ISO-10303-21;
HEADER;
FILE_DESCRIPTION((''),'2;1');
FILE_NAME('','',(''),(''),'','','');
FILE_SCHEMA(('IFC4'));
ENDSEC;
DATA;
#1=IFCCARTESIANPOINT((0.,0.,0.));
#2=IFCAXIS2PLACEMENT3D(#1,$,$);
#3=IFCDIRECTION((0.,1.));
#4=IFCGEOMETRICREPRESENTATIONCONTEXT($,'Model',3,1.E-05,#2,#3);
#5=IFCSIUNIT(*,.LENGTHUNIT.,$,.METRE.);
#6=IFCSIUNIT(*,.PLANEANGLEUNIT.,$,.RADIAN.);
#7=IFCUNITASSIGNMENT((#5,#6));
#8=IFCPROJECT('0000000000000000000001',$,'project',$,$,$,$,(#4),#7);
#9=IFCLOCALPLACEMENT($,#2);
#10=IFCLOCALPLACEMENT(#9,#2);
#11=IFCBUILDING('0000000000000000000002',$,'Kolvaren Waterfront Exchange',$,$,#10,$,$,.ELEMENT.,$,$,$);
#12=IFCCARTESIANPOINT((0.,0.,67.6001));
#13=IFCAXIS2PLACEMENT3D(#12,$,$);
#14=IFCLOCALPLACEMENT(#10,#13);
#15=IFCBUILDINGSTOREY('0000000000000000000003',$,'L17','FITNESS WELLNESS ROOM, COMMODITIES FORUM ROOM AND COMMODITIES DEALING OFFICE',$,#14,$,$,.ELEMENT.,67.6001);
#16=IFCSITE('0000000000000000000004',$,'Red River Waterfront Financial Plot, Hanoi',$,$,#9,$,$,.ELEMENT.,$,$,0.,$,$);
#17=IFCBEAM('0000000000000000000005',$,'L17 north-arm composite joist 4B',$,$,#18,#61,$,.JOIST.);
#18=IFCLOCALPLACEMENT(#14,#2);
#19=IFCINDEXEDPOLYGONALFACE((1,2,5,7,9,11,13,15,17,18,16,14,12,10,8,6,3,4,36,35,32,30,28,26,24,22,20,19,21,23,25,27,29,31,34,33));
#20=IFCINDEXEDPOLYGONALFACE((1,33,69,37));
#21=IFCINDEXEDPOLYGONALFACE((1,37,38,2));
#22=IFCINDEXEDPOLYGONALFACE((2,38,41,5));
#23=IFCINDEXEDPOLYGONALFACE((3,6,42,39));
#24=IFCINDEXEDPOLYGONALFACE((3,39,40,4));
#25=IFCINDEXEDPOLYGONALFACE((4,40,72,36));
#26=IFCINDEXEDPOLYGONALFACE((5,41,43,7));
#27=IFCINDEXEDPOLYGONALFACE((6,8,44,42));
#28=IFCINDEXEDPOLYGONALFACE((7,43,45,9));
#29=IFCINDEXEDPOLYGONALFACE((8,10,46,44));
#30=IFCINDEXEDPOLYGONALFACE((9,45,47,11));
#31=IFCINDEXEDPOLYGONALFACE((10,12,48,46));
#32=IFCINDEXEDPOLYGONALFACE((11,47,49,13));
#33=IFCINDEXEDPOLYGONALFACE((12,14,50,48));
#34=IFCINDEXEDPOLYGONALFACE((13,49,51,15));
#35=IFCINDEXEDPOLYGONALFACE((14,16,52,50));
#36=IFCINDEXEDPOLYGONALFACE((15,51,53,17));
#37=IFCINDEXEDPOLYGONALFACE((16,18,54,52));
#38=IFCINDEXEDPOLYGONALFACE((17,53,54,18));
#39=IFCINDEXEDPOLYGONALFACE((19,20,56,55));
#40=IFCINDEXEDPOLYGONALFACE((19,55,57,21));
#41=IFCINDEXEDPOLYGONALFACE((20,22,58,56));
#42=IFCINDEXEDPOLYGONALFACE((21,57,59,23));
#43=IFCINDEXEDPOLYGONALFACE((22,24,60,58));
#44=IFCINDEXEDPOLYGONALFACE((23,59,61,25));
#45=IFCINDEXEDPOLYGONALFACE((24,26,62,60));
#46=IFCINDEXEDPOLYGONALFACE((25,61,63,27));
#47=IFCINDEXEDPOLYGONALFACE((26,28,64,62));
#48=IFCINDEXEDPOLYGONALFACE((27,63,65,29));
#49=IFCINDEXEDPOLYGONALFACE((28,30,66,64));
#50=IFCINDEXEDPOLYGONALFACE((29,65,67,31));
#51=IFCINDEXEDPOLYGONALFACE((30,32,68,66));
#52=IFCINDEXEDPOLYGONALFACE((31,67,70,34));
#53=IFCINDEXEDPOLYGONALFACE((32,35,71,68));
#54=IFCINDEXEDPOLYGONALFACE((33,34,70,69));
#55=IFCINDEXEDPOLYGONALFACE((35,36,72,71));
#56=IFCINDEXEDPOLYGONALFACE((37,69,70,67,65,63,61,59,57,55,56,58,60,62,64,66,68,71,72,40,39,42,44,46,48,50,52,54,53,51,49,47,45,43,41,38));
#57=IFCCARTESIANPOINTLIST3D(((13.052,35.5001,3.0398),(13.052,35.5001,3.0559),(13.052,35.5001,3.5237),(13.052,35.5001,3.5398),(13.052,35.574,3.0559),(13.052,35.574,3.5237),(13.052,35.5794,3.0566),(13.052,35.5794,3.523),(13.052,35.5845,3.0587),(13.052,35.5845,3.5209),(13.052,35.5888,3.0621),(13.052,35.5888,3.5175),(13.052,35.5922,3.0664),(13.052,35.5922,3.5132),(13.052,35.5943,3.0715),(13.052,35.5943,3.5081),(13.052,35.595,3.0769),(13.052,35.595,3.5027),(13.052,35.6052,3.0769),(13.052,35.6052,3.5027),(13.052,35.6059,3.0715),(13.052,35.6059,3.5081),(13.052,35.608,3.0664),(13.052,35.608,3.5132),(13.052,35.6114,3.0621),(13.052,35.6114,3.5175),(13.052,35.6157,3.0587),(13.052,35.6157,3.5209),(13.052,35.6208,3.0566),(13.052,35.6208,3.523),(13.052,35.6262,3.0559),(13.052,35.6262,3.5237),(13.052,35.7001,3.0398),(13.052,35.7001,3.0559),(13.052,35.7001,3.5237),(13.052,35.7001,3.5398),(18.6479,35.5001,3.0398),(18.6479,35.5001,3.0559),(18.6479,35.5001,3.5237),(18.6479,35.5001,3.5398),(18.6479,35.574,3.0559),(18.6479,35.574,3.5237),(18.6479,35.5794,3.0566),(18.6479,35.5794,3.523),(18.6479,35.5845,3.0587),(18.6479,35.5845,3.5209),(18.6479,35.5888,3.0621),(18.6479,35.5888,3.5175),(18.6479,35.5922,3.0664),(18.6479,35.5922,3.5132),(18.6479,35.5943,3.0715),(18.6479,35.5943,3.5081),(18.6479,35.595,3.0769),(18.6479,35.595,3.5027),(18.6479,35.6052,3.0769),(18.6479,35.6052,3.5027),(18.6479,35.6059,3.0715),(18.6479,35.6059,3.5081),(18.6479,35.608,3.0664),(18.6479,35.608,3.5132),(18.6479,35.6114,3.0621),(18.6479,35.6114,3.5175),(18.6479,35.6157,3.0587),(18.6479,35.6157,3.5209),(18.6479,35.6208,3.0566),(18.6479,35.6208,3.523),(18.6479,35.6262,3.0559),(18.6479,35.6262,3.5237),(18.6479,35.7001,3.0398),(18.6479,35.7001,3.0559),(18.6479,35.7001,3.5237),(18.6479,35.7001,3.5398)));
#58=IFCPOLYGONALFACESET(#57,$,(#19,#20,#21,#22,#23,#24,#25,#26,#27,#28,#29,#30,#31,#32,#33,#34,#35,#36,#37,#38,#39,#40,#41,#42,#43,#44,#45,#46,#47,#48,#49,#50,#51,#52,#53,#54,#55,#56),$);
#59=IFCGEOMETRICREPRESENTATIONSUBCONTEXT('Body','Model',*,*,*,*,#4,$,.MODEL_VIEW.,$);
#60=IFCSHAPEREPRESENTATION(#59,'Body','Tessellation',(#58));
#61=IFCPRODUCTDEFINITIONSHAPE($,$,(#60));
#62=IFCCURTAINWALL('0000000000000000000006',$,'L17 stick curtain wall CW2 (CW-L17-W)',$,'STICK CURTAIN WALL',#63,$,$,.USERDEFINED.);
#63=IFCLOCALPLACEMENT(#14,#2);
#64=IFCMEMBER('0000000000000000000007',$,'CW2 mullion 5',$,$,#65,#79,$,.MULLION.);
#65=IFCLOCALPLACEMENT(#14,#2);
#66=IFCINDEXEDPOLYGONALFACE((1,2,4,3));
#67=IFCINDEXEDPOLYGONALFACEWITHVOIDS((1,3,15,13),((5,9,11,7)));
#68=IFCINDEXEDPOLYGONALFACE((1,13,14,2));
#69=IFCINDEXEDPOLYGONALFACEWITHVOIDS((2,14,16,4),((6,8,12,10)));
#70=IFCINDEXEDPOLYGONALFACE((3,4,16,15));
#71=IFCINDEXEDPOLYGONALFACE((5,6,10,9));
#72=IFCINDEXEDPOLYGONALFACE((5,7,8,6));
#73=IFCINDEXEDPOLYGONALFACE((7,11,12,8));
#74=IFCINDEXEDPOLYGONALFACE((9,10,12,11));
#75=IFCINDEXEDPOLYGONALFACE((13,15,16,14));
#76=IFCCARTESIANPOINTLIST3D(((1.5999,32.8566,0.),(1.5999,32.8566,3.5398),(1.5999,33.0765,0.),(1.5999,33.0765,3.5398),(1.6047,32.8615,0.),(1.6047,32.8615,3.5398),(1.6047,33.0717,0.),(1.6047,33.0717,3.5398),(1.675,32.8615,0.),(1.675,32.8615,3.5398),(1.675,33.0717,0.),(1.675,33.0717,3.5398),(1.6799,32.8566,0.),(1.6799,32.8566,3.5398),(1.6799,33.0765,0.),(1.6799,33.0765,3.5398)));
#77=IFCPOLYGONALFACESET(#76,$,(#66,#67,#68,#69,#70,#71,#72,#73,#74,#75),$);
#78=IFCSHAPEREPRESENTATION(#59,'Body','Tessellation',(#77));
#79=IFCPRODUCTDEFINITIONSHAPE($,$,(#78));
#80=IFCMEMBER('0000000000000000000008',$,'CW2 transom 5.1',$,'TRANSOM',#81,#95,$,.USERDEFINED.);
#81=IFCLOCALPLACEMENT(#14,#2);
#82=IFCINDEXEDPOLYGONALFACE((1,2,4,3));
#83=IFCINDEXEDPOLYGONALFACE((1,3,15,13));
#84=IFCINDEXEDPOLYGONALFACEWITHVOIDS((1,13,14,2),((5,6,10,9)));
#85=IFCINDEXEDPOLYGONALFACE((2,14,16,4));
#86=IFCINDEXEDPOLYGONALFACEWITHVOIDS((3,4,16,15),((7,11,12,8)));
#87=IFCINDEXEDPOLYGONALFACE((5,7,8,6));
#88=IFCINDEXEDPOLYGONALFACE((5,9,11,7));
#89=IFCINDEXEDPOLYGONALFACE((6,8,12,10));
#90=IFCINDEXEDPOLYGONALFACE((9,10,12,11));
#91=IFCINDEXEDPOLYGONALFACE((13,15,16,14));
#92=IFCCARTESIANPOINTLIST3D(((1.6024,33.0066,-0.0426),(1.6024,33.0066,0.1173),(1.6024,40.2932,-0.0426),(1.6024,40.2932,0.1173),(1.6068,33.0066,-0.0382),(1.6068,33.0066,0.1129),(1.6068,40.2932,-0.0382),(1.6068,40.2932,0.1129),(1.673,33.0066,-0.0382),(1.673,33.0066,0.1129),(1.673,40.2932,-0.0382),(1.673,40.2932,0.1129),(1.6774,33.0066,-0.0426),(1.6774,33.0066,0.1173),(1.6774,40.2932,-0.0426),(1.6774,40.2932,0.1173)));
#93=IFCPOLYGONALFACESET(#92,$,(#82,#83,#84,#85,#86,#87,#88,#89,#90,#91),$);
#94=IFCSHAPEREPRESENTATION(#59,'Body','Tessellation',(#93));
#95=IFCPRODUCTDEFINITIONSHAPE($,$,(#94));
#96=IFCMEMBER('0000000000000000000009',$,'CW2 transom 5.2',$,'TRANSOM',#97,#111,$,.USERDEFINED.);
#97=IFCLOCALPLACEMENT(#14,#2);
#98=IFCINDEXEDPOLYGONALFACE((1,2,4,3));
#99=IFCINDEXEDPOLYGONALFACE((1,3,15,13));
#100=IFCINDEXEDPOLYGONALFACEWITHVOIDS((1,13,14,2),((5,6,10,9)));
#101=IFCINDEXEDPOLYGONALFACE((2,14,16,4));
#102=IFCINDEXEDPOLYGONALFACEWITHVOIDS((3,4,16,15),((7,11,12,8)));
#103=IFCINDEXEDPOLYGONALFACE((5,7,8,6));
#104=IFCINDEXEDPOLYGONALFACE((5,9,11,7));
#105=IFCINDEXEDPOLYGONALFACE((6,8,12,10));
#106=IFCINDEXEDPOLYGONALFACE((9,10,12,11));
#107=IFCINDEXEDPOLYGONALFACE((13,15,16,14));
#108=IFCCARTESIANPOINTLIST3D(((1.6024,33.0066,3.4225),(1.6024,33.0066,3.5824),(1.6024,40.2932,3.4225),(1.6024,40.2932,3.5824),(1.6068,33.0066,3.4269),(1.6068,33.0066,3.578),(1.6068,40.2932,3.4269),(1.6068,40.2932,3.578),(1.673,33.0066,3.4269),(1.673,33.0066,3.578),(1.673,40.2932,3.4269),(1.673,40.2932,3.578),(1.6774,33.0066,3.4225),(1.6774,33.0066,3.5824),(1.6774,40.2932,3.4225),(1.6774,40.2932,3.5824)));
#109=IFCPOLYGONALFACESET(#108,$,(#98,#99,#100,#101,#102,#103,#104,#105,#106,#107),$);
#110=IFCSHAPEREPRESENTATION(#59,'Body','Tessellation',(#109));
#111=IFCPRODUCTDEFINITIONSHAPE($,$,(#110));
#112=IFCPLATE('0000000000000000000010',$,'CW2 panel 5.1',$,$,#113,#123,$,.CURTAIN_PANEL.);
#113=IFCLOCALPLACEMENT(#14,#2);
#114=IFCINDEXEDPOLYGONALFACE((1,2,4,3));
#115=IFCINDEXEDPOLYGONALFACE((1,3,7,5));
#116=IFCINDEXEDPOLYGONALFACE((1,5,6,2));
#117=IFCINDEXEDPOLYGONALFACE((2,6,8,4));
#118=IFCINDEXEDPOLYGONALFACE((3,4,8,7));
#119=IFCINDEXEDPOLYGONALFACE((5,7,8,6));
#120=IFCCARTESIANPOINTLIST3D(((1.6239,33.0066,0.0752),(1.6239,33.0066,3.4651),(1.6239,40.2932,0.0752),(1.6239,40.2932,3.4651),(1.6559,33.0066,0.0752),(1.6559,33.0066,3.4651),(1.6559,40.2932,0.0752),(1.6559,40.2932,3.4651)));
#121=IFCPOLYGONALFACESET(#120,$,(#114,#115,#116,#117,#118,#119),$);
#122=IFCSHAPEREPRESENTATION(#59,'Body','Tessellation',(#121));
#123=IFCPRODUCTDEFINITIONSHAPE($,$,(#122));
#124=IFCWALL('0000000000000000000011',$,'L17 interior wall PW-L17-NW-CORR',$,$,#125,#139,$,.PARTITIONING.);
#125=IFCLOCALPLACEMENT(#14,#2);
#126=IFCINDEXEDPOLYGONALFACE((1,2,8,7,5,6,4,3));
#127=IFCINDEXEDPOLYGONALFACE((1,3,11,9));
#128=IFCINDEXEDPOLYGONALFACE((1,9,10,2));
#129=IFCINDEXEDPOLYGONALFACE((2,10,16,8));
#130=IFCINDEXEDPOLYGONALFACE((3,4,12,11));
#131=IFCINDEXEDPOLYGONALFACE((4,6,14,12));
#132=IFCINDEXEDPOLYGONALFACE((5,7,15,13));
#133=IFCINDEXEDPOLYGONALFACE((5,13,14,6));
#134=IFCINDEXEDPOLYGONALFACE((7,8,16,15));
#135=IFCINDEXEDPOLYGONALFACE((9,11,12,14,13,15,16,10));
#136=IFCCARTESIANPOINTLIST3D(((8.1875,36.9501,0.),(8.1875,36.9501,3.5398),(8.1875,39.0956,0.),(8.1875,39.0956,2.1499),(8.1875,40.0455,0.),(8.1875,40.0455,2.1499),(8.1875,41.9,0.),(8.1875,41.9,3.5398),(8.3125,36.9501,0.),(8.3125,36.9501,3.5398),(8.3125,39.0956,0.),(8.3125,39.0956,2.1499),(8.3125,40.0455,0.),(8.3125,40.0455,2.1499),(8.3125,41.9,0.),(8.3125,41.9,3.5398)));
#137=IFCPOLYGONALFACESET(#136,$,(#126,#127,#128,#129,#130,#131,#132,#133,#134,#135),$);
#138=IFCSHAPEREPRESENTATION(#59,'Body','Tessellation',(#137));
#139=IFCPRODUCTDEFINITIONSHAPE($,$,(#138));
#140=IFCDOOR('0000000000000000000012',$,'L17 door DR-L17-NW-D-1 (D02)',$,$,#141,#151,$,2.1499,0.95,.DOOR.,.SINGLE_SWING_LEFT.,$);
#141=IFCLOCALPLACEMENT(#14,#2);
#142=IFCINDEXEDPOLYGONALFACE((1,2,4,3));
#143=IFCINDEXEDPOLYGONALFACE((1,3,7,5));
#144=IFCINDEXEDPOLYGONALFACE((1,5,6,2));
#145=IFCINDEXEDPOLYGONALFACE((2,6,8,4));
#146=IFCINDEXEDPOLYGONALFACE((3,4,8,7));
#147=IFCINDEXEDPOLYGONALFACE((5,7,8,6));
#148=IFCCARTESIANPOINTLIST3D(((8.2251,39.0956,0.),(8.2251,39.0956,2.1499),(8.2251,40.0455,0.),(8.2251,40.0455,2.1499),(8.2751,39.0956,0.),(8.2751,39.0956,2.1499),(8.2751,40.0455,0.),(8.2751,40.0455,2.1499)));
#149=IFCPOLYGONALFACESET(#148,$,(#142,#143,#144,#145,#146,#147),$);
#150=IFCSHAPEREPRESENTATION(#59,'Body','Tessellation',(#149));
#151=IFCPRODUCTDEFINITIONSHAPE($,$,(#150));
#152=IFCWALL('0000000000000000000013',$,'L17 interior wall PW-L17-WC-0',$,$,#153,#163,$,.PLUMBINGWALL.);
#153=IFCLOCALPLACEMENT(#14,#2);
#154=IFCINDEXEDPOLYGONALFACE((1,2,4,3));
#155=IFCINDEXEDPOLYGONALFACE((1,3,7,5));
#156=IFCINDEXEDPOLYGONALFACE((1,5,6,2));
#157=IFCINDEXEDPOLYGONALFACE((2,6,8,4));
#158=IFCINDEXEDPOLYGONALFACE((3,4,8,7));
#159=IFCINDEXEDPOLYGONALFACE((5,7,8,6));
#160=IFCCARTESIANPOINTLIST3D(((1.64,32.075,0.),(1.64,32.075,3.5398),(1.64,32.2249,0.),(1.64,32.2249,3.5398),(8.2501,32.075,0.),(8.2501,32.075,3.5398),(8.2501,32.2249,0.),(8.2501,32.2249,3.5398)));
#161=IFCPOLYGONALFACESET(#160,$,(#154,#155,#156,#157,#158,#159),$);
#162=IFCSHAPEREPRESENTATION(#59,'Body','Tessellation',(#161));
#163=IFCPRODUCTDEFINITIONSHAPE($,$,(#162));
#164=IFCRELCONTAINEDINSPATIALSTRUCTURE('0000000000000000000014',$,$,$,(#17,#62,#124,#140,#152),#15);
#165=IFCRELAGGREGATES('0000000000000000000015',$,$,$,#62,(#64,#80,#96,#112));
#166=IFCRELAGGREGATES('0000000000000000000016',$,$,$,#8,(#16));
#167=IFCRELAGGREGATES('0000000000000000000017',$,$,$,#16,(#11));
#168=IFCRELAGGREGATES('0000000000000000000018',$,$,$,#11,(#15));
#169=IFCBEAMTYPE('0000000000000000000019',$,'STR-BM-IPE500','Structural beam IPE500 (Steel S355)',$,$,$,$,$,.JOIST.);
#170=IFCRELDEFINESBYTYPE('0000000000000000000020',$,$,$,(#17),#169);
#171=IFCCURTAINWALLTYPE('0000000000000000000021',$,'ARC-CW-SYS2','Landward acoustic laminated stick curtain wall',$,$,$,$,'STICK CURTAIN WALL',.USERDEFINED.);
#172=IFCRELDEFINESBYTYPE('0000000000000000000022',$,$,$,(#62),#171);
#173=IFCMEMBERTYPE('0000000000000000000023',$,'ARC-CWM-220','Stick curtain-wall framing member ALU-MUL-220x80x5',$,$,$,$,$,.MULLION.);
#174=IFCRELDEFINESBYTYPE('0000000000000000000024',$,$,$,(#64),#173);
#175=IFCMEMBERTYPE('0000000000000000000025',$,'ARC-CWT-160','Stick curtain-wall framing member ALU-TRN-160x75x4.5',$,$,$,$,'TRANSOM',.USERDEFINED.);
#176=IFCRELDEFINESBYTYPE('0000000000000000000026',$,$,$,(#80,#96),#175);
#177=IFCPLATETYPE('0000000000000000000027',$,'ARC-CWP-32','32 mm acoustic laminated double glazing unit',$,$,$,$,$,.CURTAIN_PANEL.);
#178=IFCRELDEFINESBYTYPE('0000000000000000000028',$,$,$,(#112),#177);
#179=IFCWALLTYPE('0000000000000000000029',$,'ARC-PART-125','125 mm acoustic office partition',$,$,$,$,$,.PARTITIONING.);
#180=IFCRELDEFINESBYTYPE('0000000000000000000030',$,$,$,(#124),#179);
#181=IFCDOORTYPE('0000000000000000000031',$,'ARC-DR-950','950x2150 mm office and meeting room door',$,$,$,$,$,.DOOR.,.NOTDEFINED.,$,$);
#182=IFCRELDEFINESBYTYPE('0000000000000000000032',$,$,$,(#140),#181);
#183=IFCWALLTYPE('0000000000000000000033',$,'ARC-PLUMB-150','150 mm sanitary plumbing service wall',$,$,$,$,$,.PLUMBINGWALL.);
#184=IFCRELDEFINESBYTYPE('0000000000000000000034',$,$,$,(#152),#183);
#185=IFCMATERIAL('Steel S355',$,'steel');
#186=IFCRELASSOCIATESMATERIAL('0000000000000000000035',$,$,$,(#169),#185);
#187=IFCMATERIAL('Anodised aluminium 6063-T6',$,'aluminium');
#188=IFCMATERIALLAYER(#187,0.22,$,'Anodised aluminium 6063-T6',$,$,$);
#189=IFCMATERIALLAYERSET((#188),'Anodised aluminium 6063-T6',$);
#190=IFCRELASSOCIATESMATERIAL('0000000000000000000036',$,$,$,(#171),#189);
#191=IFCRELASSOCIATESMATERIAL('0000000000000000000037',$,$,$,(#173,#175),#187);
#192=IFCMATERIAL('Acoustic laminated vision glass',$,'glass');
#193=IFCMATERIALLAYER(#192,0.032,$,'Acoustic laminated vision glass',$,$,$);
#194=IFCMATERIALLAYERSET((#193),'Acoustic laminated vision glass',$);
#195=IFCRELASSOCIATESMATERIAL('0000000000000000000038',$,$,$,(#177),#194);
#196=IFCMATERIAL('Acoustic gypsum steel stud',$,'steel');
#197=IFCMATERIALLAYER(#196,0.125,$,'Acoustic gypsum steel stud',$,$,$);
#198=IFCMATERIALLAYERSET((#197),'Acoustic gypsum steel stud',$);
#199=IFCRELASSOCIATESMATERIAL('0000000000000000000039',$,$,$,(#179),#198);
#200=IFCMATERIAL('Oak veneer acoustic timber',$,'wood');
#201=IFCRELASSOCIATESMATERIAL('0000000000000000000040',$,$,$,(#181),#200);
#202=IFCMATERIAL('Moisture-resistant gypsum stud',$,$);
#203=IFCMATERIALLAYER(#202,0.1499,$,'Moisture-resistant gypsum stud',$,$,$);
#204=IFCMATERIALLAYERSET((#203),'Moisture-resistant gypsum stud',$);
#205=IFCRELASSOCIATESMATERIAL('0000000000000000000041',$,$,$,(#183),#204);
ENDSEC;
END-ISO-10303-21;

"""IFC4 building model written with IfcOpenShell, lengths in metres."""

from ifc_helpers import new_model, si_unit, direction, frame, frame_2d, origin, origin_with_axes, origin_2d, place, context, subcontext, project, spatial, rectangle, hollow_rectangle, i_section, extrude, source, transform, mapped, material, layer, layer_set, material_profile, profile_set, type_object, element, fill, aggregate, save


model = new_model("IFC4")

# Units and contexts
model_context = context("Model", 3, precision=1e-05, world=origin(), true_north=direction((0.0, 1.0)))
body_context = subcontext(model_context, "Body", "Model", "MODEL_VIEW")
ifc_project = project(units=[si_unit("LENGTHUNIT", "METRE"), si_unit("PLANEANGLEUNIT", "RADIAN")], contexts=[model_context])

# Site, building, storey
site_placement = place(None, origin())
site = spatial("IfcSite", under=ifc_project, at=site_placement, Name="Red River Waterfront Financial Plot, Hanoi", CompositionType="ELEMENT", RefElevation=0.0)
building_placement = place(site_placement, origin())
building = spatial("IfcBuilding", under=site, at=building_placement, Name="Kolvaren Waterfront Exchange", CompositionType="ELEMENT")
storey_placement = place(building_placement, frame((0.0, 0.0, 67.6001)))
storey = spatial("IfcBuildingStorey", under=building, at=storey_placement, Name="L17", Description="FITNESS WELLNESS ROOM, COMMODITIES FORUM ROOM AND COMMODITIES DEALING OFFICE", CompositionType="ELEMENT", Elevation=67.6001)

# Beam
ifc_material_1 = material(Name="Steel S355", Category="steel")
ifc_material_profile_1 = material_profile(ifc_material_1, i_section(OverallWidth=0.2, OverallDepth=0.5, WebThickness=0.0103, FlangeThickness=0.0161, FilletRadius=0.021, at=origin_2d()), Name="IPE500")
ifc_profile_set_1 = profile_set([ifc_material_profile_1], Name="Steel S355")
beam_type_1 = type_object("IfcBeamType", Name="STR-BM-IPE500", Description="Structural beam IPE500 (Steel S355)", PredefinedType="JOIST", material=ifc_profile_set_1)
beam_1_placement = place(storey_placement, frame((13.052, 35.6001, 3.2898), z_axis=(1.0, 0.0, 0.0), x_axis=(0.0, 1.0, 0.0)))
element("IfcBeam", 1, at=beam_1_placement, inside=storey, type_object=beam_type_1, Name="L17 north-arm composite joist 4B", PredefinedType="JOIST", context=body_context, shape_type="SweptSolid", body=[
    extrude(i_section(OverallWidth=0.2, OverallDepth=0.5, WebThickness=0.0103, FlangeThickness=0.0161, FilletRadius=0.021, at=origin_2d()), origin(), (0.0, 0.0, 1.0), 5.5959),
])

# Curtain wall, members, plate
ifc_material_2 = material(Name="Anodised aluminium 6063-T6", Category="aluminium")
ifc_layer_1 = layer(ifc_material_2, 0.22, Name="Anodised aluminium 6063-T6")
ifc_layer_set_1 = layer_set([ifc_layer_1], Name="Anodised aluminium 6063-T6")
curtain_wall_type = type_object("IfcCurtainWallType", Name="ARC-CW-SYS2", Description="Landward acoustic laminated stick curtain wall", ElementType="STICK CURTAIN WALL", PredefinedType="USERDEFINED", material=ifc_layer_set_1)
curtain_wall_placement = place(storey_placement, origin())
curtain_wall = element("IfcCurtainWall", 2, at=curtain_wall_placement, inside=storey, type_object=curtain_wall_type, Name="L17 stick curtain wall CW2 (CW-L17-W)", ObjectType="STICK CURTAIN WALL", PredefinedType="USERDEFINED")
ifc_material_profile_2 = material_profile(ifc_material_2, hollow_rectangle(XDim=0.0801, YDim=0.22, WallThickness=0.0049, at=origin_2d()), Name="ALU-MUL-220x80x5")
ifc_profile_set_2 = profile_set([ifc_material_profile_2], Name="Anodised aluminium 6063-T6")
member_type_1 = type_object("IfcMemberType", Name="ARC-CWM-220", Description="Stick curtain-wall framing member ALU-MUL-220x80x5", PredefinedType="MULLION", material=ifc_profile_set_2)
shared_shape_1 = source(origin_with_axes(), body_context, "Body", "SweptSolid", [
    extrude(hollow_rectangle(XDim=0.0801, YDim=0.22, WallThickness=0.0049, at=origin_2d()), origin(), (0.0, 0.0, 1.0), 3.5398),
])
member_1_placement = place(storey_placement, frame((1.6399, 32.9666, 0.0), z_axis=(0.0, 0.0, 1.0), x_axis=(-1.0, 0.0, 0.0)))
member_1 = element("IfcMember", 3, at=member_1_placement, type_object=member_type_1, Name="CW2 mullion 5", PredefinedType="MULLION", context=body_context, shape_type="MappedRepresentation", body=[
    mapped(shared_shape_1, transform((0.0, 0.0, 0.0), x_axis=(1.0, 0.0, 0.0), y_axis=(0.0, 1.0, 0.0), z_axis=(0.0, 0.0, 1.0), scale=1.0)),
])
ifc_material_profile_3 = material_profile(ifc_material_2, hollow_rectangle(XDim=0.075, YDim=0.1599, WallThickness=0.0044, at=origin_2d()), Name="ALU-TRN-160x75x4.5")
ifc_profile_set_3 = profile_set([ifc_material_profile_3], Name="Anodised aluminium 6063-T6")
member_type_2 = type_object("IfcMemberType", Name="ARC-CWT-160", Description="Stick curtain-wall framing member ALU-TRN-160x75x4.5", ElementType="TRANSOM", PredefinedType="USERDEFINED", material=ifc_profile_set_3)
shared_shape_2 = source(origin_with_axes(), body_context, "Body", "SweptSolid", [
    extrude(hollow_rectangle(XDim=0.075, YDim=0.1599, WallThickness=0.0044, at=origin_2d()), origin(), (0.0, 0.0, 1.0), 7.2866),
])
member_2_placement = place(storey_placement, frame((1.6399, 33.0066, 0.0374), z_axis=(0.0, 1.0, 0.0), x_axis=(-1.0, 0.0, 0.0)))
member_2 = element("IfcMember", 4, at=member_2_placement, type_object=member_type_2, Name="CW2 transom 5.1", ObjectType="TRANSOM", PredefinedType="USERDEFINED", context=body_context, shape_type="MappedRepresentation", body=[
    mapped(shared_shape_2, transform((0.0, 0.0, 0.0), x_axis=(1.0, 0.0, 0.0), y_axis=(0.0, 1.0, 0.0), z_axis=(0.0, 0.0, 1.0), scale=1.0)),
])
member_3_placement = place(storey_placement, frame((1.6399, 33.0066, 3.5024), z_axis=(0.0, 1.0, 0.0), x_axis=(-1.0, 0.0, 0.0)))
member_3 = element("IfcMember", 5, at=member_3_placement, type_object=member_type_2, Name="CW2 transom 5.2", ObjectType="TRANSOM", PredefinedType="USERDEFINED", context=body_context, shape_type="MappedRepresentation", body=[
    mapped(shared_shape_2, transform((0.0, 0.0, 0.0), x_axis=(1.0, 0.0, 0.0), y_axis=(0.0, 1.0, 0.0), z_axis=(0.0, 0.0, 1.0), scale=1.0)),
])
ifc_material_3 = material(Name="Acoustic laminated vision glass", Category="glass")
ifc_layer_2 = layer(ifc_material_3, 0.032, Name="Acoustic laminated vision glass")
ifc_layer_set_2 = layer_set([ifc_layer_2], Name="Acoustic laminated vision glass")
plate_type = type_object("IfcPlateType", Name="ARC-CWP-32", Description="32 mm acoustic laminated double glazing unit", PredefinedType="CURTAIN_PANEL", material=ifc_layer_set_2)
shared_shape_3 = source(origin_with_axes(), body_context, "Body", "SweptSolid", [
    extrude(rectangle(XDim=7.2866, YDim=0.032, at=origin_2d()), origin(), (0.0, 0.0, 1.0), 3.3899),
])
plate_placement = place(storey_placement, frame((1.6399, 36.6499, 0.0752), z_axis=(0.0, 0.0, 1.0), x_axis=(0.0, 1.0, 0.0)))
plate = element("IfcPlate", 6, at=plate_placement, type_object=plate_type, Name="CW2 panel 5.1", PredefinedType="CURTAIN_PANEL", context=body_context, shape_type="MappedRepresentation", body=[
    mapped(shared_shape_3, transform((0.0, 0.0, 0.0), x_axis=(1.0, 0.0, 0.0), y_axis=(0.0, 1.0, 0.0), z_axis=(0.0, 0.0, 1.0), scale=1.0)),
])
aggregate(curtain_wall, [member_1, member_2, member_3, plate])

# Wall, opening, door
ifc_material_4 = material(Name="Acoustic gypsum steel stud", Category="steel")
ifc_layer_3 = layer(ifc_material_4, 0.125, Name="Acoustic gypsum steel stud")
ifc_layer_set_3 = layer_set([ifc_layer_3], Name="Acoustic gypsum steel stud")
wall_type_1 = type_object("IfcWallType", Name="ARC-PART-125", Description="125 mm acoustic office partition", PredefinedType="PARTITIONING", material=ifc_layer_set_3)
wall_1_placement = place(storey_placement, frame((8.25, 36.95, 0.0), z_axis=(0.0, 0.0, 1.0), x_axis=(0.0, 1.0, 0.0)))
wall_1 = element("IfcWall", 7, at=wall_1_placement, inside=storey, type_object=wall_type_1, Name="L17 interior wall PW-L17-NW-CORR", PredefinedType="PARTITIONING", context=body_context, shape_type="SweptSolid", body=[
    extrude(rectangle(XDim=4.95, YDim=0.125, at=frame_2d((2.4751, 0.0))), origin(), (0.0, 0.0, 1.0), 3.5398),
])
opening_1_placement = place(wall_1_placement, frame((2.1455, 0.0, 0.0)))
opening_1 = element("IfcOpeningElement", 8, at=opening_1_placement, cuts=wall_1, PredefinedType="OPENING", context=body_context, shape_type="SweptSolid", body=[
    extrude(rectangle(XDim=0.95, YDim=2.1499, at=frame_2d((0.4751, 1.075))), frame((0.0, 0.0725, 0.0), z_axis=(0.0, -1.0, 0.0), x_axis=(1.0, 0.0, 0.0)), (0.0, 0.0, 1.0), 0.145),
])
ifc_material_5 = material(Name="Oak veneer acoustic timber", Category="wood")
door_type_1 = type_object("IfcDoorType", Name="ARC-DR-950", Description="950x2150 mm office and meeting room door", OperationType="NOTDEFINED", PredefinedType="DOOR", material=ifc_material_5)
door_1_placement = place(opening_1_placement, origin())
door_1 = element("IfcDoor", 9, at=door_1_placement, inside=storey, type_object=door_type_1, Name="L17 door DR-L17-NW-D-1 (D02)", OperationType="SINGLE_SWING_LEFT", OverallHeight=2.1499, OverallWidth=0.95, PredefinedType="DOOR", context=body_context, shape_type="SweptSolid", body=[
    extrude(rectangle(XDim=0.95, YDim=2.1499, at=frame_2d((0.4751, 1.075))), frame((0.0, 0.0249, 0.0), z_axis=(0.0, -1.0, 0.0), x_axis=(1.0, 0.0, 0.0)), (0.0, 0.0, 1.0), 0.05),
])
fill(opening_1, door_1)

# Wall
ifc_material_6 = material(Name="Moisture-resistant gypsum stud")
ifc_layer_4 = layer(ifc_material_6, 0.1499, Name="Moisture-resistant gypsum stud")
ifc_layer_set_4 = layer_set([ifc_layer_4], Name="Moisture-resistant gypsum stud")
wall_type_2 = type_object("IfcWallType", Name="ARC-PLUMB-150", Description="150 mm sanitary plumbing service wall", PredefinedType="PLUMBINGWALL", material=ifc_layer_set_4)
wall_2_placement = place(storey_placement, frame((1.6399, 32.1499, 0.0), z_axis=(0.0, 0.0, 1.0), x_axis=(1.0, 0.0, 0.0)))
element("IfcWall", 10, at=wall_2_placement, inside=storey, type_object=wall_type_2, Name="L17 interior wall PW-L17-WC-0", PredefinedType="PLUMBINGWALL", context=body_context, shape_type="SweptSolid", body=[
    extrude(rectangle(XDim=6.6101, YDim=0.1499, at=frame_2d((3.3052, 0.0))), origin(), (0.0, 0.0, 1.0), 3.5398),
])

save(model, "model.ifc")
